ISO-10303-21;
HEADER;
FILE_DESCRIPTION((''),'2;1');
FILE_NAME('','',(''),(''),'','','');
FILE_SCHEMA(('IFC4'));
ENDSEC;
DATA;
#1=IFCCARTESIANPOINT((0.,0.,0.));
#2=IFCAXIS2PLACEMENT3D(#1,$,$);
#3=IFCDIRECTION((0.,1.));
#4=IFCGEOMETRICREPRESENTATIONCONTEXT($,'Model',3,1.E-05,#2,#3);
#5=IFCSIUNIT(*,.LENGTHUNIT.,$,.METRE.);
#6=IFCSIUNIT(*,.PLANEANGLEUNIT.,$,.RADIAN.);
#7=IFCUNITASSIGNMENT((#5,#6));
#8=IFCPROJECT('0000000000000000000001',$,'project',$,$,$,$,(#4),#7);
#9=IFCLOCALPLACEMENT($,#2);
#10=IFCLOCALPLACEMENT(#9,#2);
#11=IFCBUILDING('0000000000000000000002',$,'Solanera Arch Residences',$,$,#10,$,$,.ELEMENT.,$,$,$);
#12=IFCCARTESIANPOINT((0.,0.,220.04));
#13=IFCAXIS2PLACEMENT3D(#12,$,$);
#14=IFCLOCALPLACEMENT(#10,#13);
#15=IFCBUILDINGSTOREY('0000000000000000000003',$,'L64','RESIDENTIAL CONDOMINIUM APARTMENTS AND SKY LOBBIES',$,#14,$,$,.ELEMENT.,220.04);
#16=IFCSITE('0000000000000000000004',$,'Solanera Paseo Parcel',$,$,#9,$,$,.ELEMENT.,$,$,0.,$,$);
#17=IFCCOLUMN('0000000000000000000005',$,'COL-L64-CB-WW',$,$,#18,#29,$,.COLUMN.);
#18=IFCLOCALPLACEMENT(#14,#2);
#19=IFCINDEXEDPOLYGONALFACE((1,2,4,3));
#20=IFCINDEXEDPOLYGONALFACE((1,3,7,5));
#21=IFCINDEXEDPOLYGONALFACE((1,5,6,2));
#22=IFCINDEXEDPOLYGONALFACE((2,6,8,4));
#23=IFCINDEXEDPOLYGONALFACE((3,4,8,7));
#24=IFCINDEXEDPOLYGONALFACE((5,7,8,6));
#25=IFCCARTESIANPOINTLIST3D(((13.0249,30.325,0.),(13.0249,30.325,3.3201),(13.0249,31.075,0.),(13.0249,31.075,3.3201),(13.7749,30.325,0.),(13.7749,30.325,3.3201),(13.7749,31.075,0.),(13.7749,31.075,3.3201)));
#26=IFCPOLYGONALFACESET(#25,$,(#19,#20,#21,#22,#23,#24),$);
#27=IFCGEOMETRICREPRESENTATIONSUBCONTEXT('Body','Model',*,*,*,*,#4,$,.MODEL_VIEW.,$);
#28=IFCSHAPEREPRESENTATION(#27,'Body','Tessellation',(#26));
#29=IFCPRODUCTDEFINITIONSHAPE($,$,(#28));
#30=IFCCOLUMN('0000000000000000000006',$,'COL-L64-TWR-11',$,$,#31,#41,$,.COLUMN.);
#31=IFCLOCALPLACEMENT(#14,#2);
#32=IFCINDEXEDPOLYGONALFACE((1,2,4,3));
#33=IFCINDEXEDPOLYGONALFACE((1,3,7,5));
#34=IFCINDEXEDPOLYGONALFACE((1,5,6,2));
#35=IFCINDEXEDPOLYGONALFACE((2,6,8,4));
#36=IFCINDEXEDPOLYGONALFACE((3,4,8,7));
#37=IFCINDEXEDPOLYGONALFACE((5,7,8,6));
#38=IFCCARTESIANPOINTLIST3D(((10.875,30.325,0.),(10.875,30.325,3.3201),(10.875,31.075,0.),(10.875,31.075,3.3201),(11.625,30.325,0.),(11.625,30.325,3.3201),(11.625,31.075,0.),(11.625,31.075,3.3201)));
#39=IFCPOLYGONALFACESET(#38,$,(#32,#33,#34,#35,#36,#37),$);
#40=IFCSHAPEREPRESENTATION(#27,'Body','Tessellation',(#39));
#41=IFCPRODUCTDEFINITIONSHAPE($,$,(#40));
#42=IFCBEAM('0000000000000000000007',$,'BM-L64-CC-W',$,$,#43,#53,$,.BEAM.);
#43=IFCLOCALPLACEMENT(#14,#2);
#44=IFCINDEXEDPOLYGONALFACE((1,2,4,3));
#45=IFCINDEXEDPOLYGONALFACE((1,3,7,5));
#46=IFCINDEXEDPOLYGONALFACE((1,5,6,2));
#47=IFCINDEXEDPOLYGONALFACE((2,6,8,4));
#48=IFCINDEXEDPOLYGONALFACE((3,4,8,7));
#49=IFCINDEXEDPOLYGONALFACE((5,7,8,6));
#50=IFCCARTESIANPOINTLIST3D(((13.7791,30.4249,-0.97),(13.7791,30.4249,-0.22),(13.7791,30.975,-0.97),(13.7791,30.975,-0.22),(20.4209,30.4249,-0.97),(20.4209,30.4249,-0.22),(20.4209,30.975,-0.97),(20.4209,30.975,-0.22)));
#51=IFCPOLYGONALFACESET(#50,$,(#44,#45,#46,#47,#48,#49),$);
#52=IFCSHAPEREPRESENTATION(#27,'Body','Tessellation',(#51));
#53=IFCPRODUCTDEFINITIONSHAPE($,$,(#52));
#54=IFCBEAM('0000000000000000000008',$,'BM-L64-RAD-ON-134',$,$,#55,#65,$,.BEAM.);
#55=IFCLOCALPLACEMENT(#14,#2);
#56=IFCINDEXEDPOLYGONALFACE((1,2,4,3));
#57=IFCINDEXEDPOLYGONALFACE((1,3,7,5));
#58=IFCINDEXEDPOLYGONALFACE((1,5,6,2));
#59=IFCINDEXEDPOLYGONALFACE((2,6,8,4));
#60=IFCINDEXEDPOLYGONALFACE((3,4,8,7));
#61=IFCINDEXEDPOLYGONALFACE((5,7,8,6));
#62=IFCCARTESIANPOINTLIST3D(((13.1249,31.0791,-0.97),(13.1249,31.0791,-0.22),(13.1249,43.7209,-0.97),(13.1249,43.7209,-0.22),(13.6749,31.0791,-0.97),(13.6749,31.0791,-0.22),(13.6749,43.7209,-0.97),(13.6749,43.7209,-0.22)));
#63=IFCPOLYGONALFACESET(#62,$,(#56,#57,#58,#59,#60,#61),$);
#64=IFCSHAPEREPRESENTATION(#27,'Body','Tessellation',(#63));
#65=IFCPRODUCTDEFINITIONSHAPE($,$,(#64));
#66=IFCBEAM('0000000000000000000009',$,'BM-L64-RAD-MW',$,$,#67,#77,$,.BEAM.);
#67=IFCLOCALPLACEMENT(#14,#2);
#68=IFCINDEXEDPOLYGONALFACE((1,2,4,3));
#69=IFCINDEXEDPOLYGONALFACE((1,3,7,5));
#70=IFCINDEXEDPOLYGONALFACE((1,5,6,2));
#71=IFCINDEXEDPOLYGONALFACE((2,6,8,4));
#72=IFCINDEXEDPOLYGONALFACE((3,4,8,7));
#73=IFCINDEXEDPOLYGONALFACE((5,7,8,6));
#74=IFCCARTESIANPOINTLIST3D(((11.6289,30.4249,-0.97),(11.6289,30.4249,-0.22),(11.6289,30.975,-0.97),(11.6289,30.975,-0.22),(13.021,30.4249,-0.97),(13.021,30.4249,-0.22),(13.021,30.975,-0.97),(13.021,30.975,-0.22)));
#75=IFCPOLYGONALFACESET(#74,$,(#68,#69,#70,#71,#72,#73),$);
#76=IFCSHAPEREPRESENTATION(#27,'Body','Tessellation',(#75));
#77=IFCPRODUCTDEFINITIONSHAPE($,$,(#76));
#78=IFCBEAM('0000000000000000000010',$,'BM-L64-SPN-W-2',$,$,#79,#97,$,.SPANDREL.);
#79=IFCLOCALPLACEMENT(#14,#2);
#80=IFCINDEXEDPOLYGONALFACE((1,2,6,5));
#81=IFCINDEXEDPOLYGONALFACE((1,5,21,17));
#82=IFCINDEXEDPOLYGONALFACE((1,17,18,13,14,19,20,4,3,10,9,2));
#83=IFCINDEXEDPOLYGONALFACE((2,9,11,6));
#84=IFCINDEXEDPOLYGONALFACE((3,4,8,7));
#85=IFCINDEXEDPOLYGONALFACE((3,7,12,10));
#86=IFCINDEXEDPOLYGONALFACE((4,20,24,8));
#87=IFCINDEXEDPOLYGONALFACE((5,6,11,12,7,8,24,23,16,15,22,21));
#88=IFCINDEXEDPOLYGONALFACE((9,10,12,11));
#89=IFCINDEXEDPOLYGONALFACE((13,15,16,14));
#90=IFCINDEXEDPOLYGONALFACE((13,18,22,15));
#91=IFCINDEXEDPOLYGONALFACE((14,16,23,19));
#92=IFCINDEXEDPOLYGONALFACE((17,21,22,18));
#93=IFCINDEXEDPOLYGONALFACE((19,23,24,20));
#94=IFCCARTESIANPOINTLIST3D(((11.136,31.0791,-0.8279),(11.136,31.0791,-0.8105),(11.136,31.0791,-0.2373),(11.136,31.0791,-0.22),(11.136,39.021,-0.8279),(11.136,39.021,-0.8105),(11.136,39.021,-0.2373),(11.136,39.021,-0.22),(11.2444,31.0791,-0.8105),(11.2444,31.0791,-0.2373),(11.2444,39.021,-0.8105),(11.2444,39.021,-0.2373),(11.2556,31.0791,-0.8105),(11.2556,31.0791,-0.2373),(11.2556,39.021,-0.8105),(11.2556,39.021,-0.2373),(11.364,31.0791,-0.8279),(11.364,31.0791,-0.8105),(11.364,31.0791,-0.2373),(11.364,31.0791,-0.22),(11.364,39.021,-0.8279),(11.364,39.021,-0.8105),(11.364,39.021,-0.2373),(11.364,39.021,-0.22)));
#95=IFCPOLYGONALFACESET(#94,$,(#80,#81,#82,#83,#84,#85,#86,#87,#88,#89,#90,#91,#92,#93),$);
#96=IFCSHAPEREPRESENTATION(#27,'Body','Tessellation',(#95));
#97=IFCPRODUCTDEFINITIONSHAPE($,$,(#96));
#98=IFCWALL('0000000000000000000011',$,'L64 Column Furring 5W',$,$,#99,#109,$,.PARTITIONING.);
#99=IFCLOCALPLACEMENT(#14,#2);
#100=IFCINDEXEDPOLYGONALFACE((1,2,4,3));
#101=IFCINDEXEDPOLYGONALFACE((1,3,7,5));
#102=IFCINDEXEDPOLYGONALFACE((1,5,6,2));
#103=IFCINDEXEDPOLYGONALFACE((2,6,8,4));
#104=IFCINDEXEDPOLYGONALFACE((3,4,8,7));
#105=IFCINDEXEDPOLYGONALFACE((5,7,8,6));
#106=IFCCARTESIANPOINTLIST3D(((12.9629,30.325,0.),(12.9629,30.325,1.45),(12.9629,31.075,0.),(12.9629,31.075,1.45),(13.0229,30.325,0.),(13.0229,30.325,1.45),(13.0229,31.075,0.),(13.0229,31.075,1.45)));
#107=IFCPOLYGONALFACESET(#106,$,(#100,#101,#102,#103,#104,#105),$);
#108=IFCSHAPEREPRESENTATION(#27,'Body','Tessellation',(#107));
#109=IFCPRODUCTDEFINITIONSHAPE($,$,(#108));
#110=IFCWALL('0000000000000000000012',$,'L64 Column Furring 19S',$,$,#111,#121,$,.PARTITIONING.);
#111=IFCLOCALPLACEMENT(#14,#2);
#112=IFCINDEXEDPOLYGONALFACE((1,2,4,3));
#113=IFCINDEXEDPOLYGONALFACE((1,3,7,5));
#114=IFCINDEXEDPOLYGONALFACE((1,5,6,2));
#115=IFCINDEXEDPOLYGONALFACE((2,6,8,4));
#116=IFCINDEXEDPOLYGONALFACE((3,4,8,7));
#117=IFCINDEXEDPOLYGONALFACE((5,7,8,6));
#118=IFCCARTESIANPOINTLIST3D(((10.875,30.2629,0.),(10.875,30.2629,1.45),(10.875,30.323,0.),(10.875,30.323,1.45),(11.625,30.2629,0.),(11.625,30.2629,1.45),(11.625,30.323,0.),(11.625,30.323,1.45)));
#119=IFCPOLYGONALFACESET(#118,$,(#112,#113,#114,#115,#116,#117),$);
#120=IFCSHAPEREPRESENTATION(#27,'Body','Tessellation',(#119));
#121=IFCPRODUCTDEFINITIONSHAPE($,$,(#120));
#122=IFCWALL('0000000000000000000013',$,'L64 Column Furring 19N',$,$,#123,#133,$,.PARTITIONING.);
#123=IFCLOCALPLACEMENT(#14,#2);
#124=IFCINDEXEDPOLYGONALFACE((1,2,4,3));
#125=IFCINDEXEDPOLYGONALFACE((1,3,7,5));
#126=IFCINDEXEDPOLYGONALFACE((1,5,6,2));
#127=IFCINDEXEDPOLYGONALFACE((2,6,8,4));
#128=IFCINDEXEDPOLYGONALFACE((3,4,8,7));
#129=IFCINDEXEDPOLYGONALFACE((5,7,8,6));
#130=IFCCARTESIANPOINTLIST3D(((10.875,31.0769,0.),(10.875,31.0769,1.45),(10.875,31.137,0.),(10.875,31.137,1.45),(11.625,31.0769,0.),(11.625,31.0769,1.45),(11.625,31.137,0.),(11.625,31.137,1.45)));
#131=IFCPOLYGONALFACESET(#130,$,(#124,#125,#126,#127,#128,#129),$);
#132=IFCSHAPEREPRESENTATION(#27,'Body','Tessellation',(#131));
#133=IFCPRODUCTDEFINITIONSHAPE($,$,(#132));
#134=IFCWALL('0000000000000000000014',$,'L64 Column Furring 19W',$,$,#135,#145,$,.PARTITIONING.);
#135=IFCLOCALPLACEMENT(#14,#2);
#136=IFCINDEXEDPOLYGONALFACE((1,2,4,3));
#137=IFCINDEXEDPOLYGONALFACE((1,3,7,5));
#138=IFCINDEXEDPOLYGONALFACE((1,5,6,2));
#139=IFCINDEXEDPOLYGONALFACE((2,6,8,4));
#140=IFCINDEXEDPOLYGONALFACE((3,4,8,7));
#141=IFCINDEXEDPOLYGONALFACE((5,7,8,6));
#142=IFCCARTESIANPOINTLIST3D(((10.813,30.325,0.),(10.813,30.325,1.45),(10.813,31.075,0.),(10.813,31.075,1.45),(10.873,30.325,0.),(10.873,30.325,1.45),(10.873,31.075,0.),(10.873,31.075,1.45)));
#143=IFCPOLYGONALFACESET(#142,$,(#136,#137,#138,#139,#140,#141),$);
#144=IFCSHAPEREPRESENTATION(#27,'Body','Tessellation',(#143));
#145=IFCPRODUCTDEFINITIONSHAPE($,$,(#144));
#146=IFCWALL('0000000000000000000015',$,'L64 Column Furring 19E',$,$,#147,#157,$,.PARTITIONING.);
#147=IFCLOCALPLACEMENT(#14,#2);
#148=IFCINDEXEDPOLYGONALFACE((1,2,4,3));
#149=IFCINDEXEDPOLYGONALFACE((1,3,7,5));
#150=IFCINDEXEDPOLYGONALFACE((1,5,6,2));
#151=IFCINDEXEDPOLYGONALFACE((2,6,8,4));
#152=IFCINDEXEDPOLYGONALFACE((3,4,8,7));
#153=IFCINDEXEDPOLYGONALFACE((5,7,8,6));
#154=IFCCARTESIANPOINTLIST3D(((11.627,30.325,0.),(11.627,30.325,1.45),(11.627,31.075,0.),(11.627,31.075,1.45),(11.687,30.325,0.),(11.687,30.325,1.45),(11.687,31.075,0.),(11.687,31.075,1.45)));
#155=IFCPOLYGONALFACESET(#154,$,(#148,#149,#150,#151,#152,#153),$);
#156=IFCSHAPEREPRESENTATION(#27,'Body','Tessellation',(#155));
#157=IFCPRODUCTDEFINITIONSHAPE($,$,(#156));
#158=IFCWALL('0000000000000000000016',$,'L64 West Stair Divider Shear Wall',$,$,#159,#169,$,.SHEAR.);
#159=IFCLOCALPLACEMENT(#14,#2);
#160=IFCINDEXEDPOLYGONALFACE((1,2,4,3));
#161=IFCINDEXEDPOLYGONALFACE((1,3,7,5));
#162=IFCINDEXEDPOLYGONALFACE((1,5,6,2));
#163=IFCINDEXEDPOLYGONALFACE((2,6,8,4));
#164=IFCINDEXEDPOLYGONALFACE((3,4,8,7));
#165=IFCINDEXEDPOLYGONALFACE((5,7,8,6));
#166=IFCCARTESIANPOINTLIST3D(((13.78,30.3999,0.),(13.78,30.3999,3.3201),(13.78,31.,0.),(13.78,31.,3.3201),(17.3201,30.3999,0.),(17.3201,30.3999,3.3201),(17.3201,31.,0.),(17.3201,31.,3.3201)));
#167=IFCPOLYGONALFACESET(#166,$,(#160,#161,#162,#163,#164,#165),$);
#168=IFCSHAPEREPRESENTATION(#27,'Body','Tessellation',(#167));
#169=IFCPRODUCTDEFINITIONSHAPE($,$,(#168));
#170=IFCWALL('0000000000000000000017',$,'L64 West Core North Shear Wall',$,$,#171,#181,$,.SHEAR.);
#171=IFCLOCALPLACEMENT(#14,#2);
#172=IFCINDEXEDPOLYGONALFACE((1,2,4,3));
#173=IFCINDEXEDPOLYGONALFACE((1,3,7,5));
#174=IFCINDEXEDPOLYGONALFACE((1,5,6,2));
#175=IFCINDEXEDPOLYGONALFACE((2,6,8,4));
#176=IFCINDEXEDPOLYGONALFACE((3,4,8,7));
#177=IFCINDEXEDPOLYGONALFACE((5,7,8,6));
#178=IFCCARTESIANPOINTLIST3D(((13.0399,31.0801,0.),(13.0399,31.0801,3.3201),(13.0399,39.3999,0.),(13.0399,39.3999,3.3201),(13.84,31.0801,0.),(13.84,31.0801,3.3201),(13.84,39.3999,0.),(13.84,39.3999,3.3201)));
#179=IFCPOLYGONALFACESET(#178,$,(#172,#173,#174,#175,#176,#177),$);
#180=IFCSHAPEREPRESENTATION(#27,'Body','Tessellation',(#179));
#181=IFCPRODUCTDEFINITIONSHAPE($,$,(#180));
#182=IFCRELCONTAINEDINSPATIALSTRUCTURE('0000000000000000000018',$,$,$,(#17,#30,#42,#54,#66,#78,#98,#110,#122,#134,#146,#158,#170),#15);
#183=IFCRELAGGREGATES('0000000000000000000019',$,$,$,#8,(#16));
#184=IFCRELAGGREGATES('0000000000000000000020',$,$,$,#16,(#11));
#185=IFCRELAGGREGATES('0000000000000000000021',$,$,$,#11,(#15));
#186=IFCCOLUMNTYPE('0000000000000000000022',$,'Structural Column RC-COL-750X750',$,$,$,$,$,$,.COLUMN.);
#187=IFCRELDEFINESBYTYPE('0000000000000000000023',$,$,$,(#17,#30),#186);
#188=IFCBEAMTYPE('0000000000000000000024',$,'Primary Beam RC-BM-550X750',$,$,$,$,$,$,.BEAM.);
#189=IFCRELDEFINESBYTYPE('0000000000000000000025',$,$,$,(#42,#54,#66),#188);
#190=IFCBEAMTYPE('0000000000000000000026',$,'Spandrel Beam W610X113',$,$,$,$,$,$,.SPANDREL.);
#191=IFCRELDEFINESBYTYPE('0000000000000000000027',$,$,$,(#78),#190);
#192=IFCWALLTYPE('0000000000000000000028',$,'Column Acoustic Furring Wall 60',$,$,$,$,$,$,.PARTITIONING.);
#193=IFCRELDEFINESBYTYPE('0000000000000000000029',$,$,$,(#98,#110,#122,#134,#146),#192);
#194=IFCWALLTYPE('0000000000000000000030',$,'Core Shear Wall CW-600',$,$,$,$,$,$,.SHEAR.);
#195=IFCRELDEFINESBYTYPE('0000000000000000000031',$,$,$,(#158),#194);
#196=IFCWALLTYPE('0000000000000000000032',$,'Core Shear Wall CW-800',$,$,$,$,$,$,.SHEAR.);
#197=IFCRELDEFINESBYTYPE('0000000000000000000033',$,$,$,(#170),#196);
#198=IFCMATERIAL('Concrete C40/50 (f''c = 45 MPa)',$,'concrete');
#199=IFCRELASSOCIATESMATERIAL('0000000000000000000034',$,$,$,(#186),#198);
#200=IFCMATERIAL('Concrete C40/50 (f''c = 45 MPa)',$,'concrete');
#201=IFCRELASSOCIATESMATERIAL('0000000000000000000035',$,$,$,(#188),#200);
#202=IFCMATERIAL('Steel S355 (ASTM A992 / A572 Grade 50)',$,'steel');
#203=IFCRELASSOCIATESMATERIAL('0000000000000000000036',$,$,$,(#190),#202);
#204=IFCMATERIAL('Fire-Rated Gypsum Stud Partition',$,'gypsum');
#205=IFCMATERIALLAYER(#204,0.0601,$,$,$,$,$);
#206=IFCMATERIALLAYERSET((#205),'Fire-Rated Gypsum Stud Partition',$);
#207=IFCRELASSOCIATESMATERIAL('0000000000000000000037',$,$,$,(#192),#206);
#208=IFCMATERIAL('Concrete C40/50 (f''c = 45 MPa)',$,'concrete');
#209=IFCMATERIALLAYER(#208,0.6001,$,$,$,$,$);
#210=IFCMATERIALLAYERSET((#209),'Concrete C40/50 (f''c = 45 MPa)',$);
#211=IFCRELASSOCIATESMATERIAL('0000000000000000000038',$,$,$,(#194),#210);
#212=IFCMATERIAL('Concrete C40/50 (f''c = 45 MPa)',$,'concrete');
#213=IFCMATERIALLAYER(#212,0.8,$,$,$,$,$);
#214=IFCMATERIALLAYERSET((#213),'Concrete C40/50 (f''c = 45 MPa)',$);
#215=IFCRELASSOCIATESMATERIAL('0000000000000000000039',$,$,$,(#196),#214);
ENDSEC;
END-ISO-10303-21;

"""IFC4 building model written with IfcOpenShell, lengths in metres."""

from ifc_helpers import new_model, si_unit, direction, frame, frame_2d, origin, origin_2d, place, context, subcontext, project, spatial, rectangle, i_section, extrude, material, layer, layer_set, material_profile, profile_set, type_object, element, save


model = new_model("IFC4")

# Units and contexts
model_context = context("Model", 3, precision=1e-05, world=origin(), true_north=direction((0.0, 1.0)))
body_context = subcontext(model_context, "Body", "Model", "MODEL_VIEW")
ifc_project = project(units=[si_unit("LENGTHUNIT", "METRE"), si_unit("PLANEANGLEUNIT", "RADIAN")], contexts=[model_context])

# Site, building, storey
site_placement = place(None, origin())
site = spatial("IfcSite", under=ifc_project, at=site_placement, Name="Solanera Paseo Parcel", CompositionType="ELEMENT", RefElevation=0.0)
building_placement = place(site_placement, origin())
building = spatial("IfcBuilding", under=site, at=building_placement, Name="Solanera Arch Residences", CompositionType="ELEMENT")
storey_placement = place(building_placement, frame((0.0, 0.0, 220.04)))
storey = spatial("IfcBuildingStorey", under=building, at=storey_placement, Name="L64", Description="RESIDENTIAL CONDOMINIUM APARTMENTS AND SKY LOBBIES", CompositionType="ELEMENT", Elevation=220.04)

# Columns
ifc_material_1 = material(Name="Concrete C40/50 (f'c = 45 MPa)", Category="concrete")
ifc_material_profile_1 = material_profile(ifc_material_1, rectangle(XDim=0.75, YDim=0.75, at=origin_2d()))
ifc_profile_set_1 = profile_set([ifc_material_profile_1], Name="Concrete C40/50 (f'c = 45 MPa)")
column_type = type_object("IfcColumnType", Name="Structural Column RC-COL-750X750", PredefinedType="COLUMN", material=ifc_profile_set_1)
for number, where, z_axis, x_axis, name in (
    (1, (13.3999, 30.7, 0.0), (0.0, 0.0, 1.0), (1.0, 0.0, 0.0), "COL-L64-CB-WW"),
    (2, (11.25, 30.7, 0.0), (0.0, 0.0, 1.0), (1.0, 0.0, 0.0), "COL-L64-TWR-11"),
):
    element("IfcColumn", number, at=place(storey_placement, frame(where, z_axis=z_axis, x_axis=x_axis)), inside=storey, type_object=column_type, Name=name, PredefinedType="COLUMN", context=body_context, shape_type="SweptSolid", body=[
        extrude(rectangle(XDim=0.75, YDim=0.75, at=origin_2d()), origin(), (0.0, 0.0, 1.0), 3.3201),
    ])

# Beams
ifc_material_2 = material(Name="Concrete C40/50 (f'c = 45 MPa)", Category="concrete")
ifc_material_profile_2 = material_profile(ifc_material_2, rectangle(XDim=0.55, YDim=0.75, at=origin_2d()))
ifc_profile_set_2 = profile_set([ifc_material_profile_2], Name="Concrete C40/50 (f'c = 45 MPa)")
beam_type_1 = type_object("IfcBeamType", Name="Primary Beam RC-BM-550X750", PredefinedType="BEAM", material=ifc_profile_set_2)
beam_1_placement = place(storey_placement, frame((13.7791, 30.7, -0.595), z_axis=(1.0, 0.0, 0.0), x_axis=(0.0, 1.0, 0.0)))
element("IfcBeam", 3, at=beam_1_placement, inside=storey, type_object=beam_type_1, Name="BM-L64-CC-W", PredefinedType="BEAM", context=body_context, shape_type="SweptSolid", body=[
    extrude(rectangle(XDim=0.55, YDim=0.75, at=origin_2d()), origin(), (0.0, 0.0, 1.0), 6.6418),
])
beam_2_placement = place(storey_placement, frame((13.3999, 31.0791, -0.595), z_axis=(0.0, 1.0, 0.0), x_axis=(-1.0, 0.0, 0.0)))
element("IfcBeam", 4, at=beam_2_placement, inside=storey, type_object=beam_type_1, Name="BM-L64-RAD-ON-134", PredefinedType="BEAM", context=body_context, shape_type="SweptSolid", body=[
    extrude(rectangle(XDim=0.55, YDim=0.75, at=origin_2d()), origin(), (0.0, 0.0, 1.0), 12.6418),
])
beam_3_placement = place(storey_placement, frame((11.6289, 30.7, -0.595), z_axis=(1.0, 0.0, 0.0), x_axis=(0.0, 1.0, 0.0)))
element("IfcBeam", 5, at=beam_3_placement, inside=storey, type_object=beam_type_1, Name="BM-L64-RAD-MW", PredefinedType="BEAM", context=body_context, shape_type="SweptSolid", body=[
    extrude(rectangle(XDim=0.55, YDim=0.75, at=origin_2d()), origin(), (0.0, 0.0, 1.0), 1.3921),
])
ifc_material_3 = material(Name="Steel S355 (ASTM A992 / A572 Grade 50)", Category="steel")
ifc_material_profile_3 = material_profile(ifc_material_3, i_section(OverallWidth=0.228, OverallDepth=0.6079, WebThickness=0.0112, FlangeThickness=0.0173, at=origin_2d()))
ifc_profile_set_3 = profile_set([ifc_material_profile_3], Name="Steel S355 (ASTM A992 / A572 Grade 50)")
beam_type_2 = type_object("IfcBeamType", Name="Spandrel Beam W610X113", PredefinedType="SPANDREL", material=ifc_profile_set_3)
beam_4_placement = place(storey_placement, frame((11.25, 31.0791, -0.5239), z_axis=(0.0, 1.0, 0.0), x_axis=(-1.0, 0.0, 0.0)))
element("IfcBeam", 6, at=beam_4_placement, inside=storey, type_object=beam_type_2, Name="BM-L64-SPN-W-2", PredefinedType="SPANDREL", context=body_context, shape_type="SweptSolid", body=[
    extrude(i_section(OverallWidth=0.228, OverallDepth=0.6079, WebThickness=0.0112, FlangeThickness=0.0173, at=origin_2d()), origin(), (0.0, 0.0, 1.0), 7.9419),
])

# Walls
ifc_material_4 = material(Name="Fire-Rated Gypsum Stud Partition", Category="gypsum")
ifc_layer_1 = layer(ifc_material_4, 0.0601)
ifc_layer_set_1 = layer_set([ifc_layer_1], Name="Fire-Rated Gypsum Stud Partition")
wall_type_1 = type_object("IfcWallType", Name="Column Acoustic Furring Wall 60", PredefinedType="PARTITIONING", material=ifc_layer_set_1)
for number, where, z_axis, x_axis, name in (
    (7, (12.9929, 30.325, 0.0), (0.0, 0.0, 1.0), (0.0, 1.0, 0.0), "L64 Column Furring 5W"),
    (8, (10.875, 30.293, 0.0), (0.0, 0.0, 1.0), (1.0, 0.0, 0.0), "L64 Column Furring 19S"),
    (9, (10.875, 31.1069, 0.0), (0.0, 0.0, 1.0), (1.0, 0.0, 0.0), "L64 Column Furring 19N"),
    (10, (10.843, 30.325, 0.0), (0.0, 0.0, 1.0), (0.0, 1.0, 0.0), "L64 Column Furring 19W"),
    (11, (11.657, 30.325, 0.0), (0.0, 0.0, 1.0), (0.0, 1.0, 0.0), "L64 Column Furring 19E"),
):
    element("IfcWall", number, at=place(storey_placement, frame(where, z_axis=z_axis, x_axis=x_axis)), inside=storey, type_object=wall_type_1, Name=name, PredefinedType="PARTITIONING", context=body_context, shape_type="SweptSolid", body=[
        extrude(rectangle(XDim=0.75, YDim=0.0601, at=frame_2d((0.375, 0.0))), origin(), (0.0, 0.0, 1.0), 1.45),
    ])
ifc_material_5 = material(Name="Concrete C40/50 (f'c = 45 MPa)", Category="concrete")
ifc_layer_2 = layer(ifc_material_5, 0.6001)
ifc_layer_set_2 = layer_set([ifc_layer_2], Name="Concrete C40/50 (f'c = 45 MPa)")
wall_type_2 = type_object("IfcWallType", Name="Core Shear Wall CW-600", PredefinedType="SHEAR", material=ifc_layer_set_2)
wall_1_placement = place(storey_placement, frame((13.78, 30.7, 0.0), z_axis=(0.0, 0.0, 1.0), x_axis=(1.0, 0.0, 0.0)))
element("IfcWall", 12, at=wall_1_placement, inside=storey, type_object=wall_type_2, Name="L64 West Stair Divider Shear Wall", PredefinedType="SHEAR", context=body_context, shape_type="SweptSolid", body=[
    extrude(rectangle(XDim=3.54, YDim=0.6001, at=frame_2d((1.77, 0.0))), origin(), (0.0, 0.0, 1.0), 3.3201),
])
ifc_material_6 = material(Name="Concrete C40/50 (f'c = 45 MPa)", Category="concrete")
ifc_layer_3 = layer(ifc_material_6, 0.8)
ifc_layer_set_3 = layer_set([ifc_layer_3], Name="Concrete C40/50 (f'c = 45 MPa)")
wall_type_3 = type_object("IfcWallType", Name="Core Shear Wall CW-800", PredefinedType="SHEAR", material=ifc_layer_set_3)
wall_2_placement = place(storey_placement, frame((13.4399, 31.0801, 0.0), z_axis=(0.0, 0.0, 1.0), x_axis=(0.0, 1.0, 0.0)))
element("IfcWall", 13, at=wall_2_placement, inside=storey, type_object=wall_type_3, Name="L64 West Core North Shear Wall", PredefinedType="SHEAR", context=body_context, shape_type="SweptSolid", body=[
    extrude(rectangle(XDim=8.3198, YDim=0.8, at=frame_2d((4.1599, 0.0))), origin(), (0.0, 0.0, 1.0), 3.3201),
])

save(model, "model.ifc")
